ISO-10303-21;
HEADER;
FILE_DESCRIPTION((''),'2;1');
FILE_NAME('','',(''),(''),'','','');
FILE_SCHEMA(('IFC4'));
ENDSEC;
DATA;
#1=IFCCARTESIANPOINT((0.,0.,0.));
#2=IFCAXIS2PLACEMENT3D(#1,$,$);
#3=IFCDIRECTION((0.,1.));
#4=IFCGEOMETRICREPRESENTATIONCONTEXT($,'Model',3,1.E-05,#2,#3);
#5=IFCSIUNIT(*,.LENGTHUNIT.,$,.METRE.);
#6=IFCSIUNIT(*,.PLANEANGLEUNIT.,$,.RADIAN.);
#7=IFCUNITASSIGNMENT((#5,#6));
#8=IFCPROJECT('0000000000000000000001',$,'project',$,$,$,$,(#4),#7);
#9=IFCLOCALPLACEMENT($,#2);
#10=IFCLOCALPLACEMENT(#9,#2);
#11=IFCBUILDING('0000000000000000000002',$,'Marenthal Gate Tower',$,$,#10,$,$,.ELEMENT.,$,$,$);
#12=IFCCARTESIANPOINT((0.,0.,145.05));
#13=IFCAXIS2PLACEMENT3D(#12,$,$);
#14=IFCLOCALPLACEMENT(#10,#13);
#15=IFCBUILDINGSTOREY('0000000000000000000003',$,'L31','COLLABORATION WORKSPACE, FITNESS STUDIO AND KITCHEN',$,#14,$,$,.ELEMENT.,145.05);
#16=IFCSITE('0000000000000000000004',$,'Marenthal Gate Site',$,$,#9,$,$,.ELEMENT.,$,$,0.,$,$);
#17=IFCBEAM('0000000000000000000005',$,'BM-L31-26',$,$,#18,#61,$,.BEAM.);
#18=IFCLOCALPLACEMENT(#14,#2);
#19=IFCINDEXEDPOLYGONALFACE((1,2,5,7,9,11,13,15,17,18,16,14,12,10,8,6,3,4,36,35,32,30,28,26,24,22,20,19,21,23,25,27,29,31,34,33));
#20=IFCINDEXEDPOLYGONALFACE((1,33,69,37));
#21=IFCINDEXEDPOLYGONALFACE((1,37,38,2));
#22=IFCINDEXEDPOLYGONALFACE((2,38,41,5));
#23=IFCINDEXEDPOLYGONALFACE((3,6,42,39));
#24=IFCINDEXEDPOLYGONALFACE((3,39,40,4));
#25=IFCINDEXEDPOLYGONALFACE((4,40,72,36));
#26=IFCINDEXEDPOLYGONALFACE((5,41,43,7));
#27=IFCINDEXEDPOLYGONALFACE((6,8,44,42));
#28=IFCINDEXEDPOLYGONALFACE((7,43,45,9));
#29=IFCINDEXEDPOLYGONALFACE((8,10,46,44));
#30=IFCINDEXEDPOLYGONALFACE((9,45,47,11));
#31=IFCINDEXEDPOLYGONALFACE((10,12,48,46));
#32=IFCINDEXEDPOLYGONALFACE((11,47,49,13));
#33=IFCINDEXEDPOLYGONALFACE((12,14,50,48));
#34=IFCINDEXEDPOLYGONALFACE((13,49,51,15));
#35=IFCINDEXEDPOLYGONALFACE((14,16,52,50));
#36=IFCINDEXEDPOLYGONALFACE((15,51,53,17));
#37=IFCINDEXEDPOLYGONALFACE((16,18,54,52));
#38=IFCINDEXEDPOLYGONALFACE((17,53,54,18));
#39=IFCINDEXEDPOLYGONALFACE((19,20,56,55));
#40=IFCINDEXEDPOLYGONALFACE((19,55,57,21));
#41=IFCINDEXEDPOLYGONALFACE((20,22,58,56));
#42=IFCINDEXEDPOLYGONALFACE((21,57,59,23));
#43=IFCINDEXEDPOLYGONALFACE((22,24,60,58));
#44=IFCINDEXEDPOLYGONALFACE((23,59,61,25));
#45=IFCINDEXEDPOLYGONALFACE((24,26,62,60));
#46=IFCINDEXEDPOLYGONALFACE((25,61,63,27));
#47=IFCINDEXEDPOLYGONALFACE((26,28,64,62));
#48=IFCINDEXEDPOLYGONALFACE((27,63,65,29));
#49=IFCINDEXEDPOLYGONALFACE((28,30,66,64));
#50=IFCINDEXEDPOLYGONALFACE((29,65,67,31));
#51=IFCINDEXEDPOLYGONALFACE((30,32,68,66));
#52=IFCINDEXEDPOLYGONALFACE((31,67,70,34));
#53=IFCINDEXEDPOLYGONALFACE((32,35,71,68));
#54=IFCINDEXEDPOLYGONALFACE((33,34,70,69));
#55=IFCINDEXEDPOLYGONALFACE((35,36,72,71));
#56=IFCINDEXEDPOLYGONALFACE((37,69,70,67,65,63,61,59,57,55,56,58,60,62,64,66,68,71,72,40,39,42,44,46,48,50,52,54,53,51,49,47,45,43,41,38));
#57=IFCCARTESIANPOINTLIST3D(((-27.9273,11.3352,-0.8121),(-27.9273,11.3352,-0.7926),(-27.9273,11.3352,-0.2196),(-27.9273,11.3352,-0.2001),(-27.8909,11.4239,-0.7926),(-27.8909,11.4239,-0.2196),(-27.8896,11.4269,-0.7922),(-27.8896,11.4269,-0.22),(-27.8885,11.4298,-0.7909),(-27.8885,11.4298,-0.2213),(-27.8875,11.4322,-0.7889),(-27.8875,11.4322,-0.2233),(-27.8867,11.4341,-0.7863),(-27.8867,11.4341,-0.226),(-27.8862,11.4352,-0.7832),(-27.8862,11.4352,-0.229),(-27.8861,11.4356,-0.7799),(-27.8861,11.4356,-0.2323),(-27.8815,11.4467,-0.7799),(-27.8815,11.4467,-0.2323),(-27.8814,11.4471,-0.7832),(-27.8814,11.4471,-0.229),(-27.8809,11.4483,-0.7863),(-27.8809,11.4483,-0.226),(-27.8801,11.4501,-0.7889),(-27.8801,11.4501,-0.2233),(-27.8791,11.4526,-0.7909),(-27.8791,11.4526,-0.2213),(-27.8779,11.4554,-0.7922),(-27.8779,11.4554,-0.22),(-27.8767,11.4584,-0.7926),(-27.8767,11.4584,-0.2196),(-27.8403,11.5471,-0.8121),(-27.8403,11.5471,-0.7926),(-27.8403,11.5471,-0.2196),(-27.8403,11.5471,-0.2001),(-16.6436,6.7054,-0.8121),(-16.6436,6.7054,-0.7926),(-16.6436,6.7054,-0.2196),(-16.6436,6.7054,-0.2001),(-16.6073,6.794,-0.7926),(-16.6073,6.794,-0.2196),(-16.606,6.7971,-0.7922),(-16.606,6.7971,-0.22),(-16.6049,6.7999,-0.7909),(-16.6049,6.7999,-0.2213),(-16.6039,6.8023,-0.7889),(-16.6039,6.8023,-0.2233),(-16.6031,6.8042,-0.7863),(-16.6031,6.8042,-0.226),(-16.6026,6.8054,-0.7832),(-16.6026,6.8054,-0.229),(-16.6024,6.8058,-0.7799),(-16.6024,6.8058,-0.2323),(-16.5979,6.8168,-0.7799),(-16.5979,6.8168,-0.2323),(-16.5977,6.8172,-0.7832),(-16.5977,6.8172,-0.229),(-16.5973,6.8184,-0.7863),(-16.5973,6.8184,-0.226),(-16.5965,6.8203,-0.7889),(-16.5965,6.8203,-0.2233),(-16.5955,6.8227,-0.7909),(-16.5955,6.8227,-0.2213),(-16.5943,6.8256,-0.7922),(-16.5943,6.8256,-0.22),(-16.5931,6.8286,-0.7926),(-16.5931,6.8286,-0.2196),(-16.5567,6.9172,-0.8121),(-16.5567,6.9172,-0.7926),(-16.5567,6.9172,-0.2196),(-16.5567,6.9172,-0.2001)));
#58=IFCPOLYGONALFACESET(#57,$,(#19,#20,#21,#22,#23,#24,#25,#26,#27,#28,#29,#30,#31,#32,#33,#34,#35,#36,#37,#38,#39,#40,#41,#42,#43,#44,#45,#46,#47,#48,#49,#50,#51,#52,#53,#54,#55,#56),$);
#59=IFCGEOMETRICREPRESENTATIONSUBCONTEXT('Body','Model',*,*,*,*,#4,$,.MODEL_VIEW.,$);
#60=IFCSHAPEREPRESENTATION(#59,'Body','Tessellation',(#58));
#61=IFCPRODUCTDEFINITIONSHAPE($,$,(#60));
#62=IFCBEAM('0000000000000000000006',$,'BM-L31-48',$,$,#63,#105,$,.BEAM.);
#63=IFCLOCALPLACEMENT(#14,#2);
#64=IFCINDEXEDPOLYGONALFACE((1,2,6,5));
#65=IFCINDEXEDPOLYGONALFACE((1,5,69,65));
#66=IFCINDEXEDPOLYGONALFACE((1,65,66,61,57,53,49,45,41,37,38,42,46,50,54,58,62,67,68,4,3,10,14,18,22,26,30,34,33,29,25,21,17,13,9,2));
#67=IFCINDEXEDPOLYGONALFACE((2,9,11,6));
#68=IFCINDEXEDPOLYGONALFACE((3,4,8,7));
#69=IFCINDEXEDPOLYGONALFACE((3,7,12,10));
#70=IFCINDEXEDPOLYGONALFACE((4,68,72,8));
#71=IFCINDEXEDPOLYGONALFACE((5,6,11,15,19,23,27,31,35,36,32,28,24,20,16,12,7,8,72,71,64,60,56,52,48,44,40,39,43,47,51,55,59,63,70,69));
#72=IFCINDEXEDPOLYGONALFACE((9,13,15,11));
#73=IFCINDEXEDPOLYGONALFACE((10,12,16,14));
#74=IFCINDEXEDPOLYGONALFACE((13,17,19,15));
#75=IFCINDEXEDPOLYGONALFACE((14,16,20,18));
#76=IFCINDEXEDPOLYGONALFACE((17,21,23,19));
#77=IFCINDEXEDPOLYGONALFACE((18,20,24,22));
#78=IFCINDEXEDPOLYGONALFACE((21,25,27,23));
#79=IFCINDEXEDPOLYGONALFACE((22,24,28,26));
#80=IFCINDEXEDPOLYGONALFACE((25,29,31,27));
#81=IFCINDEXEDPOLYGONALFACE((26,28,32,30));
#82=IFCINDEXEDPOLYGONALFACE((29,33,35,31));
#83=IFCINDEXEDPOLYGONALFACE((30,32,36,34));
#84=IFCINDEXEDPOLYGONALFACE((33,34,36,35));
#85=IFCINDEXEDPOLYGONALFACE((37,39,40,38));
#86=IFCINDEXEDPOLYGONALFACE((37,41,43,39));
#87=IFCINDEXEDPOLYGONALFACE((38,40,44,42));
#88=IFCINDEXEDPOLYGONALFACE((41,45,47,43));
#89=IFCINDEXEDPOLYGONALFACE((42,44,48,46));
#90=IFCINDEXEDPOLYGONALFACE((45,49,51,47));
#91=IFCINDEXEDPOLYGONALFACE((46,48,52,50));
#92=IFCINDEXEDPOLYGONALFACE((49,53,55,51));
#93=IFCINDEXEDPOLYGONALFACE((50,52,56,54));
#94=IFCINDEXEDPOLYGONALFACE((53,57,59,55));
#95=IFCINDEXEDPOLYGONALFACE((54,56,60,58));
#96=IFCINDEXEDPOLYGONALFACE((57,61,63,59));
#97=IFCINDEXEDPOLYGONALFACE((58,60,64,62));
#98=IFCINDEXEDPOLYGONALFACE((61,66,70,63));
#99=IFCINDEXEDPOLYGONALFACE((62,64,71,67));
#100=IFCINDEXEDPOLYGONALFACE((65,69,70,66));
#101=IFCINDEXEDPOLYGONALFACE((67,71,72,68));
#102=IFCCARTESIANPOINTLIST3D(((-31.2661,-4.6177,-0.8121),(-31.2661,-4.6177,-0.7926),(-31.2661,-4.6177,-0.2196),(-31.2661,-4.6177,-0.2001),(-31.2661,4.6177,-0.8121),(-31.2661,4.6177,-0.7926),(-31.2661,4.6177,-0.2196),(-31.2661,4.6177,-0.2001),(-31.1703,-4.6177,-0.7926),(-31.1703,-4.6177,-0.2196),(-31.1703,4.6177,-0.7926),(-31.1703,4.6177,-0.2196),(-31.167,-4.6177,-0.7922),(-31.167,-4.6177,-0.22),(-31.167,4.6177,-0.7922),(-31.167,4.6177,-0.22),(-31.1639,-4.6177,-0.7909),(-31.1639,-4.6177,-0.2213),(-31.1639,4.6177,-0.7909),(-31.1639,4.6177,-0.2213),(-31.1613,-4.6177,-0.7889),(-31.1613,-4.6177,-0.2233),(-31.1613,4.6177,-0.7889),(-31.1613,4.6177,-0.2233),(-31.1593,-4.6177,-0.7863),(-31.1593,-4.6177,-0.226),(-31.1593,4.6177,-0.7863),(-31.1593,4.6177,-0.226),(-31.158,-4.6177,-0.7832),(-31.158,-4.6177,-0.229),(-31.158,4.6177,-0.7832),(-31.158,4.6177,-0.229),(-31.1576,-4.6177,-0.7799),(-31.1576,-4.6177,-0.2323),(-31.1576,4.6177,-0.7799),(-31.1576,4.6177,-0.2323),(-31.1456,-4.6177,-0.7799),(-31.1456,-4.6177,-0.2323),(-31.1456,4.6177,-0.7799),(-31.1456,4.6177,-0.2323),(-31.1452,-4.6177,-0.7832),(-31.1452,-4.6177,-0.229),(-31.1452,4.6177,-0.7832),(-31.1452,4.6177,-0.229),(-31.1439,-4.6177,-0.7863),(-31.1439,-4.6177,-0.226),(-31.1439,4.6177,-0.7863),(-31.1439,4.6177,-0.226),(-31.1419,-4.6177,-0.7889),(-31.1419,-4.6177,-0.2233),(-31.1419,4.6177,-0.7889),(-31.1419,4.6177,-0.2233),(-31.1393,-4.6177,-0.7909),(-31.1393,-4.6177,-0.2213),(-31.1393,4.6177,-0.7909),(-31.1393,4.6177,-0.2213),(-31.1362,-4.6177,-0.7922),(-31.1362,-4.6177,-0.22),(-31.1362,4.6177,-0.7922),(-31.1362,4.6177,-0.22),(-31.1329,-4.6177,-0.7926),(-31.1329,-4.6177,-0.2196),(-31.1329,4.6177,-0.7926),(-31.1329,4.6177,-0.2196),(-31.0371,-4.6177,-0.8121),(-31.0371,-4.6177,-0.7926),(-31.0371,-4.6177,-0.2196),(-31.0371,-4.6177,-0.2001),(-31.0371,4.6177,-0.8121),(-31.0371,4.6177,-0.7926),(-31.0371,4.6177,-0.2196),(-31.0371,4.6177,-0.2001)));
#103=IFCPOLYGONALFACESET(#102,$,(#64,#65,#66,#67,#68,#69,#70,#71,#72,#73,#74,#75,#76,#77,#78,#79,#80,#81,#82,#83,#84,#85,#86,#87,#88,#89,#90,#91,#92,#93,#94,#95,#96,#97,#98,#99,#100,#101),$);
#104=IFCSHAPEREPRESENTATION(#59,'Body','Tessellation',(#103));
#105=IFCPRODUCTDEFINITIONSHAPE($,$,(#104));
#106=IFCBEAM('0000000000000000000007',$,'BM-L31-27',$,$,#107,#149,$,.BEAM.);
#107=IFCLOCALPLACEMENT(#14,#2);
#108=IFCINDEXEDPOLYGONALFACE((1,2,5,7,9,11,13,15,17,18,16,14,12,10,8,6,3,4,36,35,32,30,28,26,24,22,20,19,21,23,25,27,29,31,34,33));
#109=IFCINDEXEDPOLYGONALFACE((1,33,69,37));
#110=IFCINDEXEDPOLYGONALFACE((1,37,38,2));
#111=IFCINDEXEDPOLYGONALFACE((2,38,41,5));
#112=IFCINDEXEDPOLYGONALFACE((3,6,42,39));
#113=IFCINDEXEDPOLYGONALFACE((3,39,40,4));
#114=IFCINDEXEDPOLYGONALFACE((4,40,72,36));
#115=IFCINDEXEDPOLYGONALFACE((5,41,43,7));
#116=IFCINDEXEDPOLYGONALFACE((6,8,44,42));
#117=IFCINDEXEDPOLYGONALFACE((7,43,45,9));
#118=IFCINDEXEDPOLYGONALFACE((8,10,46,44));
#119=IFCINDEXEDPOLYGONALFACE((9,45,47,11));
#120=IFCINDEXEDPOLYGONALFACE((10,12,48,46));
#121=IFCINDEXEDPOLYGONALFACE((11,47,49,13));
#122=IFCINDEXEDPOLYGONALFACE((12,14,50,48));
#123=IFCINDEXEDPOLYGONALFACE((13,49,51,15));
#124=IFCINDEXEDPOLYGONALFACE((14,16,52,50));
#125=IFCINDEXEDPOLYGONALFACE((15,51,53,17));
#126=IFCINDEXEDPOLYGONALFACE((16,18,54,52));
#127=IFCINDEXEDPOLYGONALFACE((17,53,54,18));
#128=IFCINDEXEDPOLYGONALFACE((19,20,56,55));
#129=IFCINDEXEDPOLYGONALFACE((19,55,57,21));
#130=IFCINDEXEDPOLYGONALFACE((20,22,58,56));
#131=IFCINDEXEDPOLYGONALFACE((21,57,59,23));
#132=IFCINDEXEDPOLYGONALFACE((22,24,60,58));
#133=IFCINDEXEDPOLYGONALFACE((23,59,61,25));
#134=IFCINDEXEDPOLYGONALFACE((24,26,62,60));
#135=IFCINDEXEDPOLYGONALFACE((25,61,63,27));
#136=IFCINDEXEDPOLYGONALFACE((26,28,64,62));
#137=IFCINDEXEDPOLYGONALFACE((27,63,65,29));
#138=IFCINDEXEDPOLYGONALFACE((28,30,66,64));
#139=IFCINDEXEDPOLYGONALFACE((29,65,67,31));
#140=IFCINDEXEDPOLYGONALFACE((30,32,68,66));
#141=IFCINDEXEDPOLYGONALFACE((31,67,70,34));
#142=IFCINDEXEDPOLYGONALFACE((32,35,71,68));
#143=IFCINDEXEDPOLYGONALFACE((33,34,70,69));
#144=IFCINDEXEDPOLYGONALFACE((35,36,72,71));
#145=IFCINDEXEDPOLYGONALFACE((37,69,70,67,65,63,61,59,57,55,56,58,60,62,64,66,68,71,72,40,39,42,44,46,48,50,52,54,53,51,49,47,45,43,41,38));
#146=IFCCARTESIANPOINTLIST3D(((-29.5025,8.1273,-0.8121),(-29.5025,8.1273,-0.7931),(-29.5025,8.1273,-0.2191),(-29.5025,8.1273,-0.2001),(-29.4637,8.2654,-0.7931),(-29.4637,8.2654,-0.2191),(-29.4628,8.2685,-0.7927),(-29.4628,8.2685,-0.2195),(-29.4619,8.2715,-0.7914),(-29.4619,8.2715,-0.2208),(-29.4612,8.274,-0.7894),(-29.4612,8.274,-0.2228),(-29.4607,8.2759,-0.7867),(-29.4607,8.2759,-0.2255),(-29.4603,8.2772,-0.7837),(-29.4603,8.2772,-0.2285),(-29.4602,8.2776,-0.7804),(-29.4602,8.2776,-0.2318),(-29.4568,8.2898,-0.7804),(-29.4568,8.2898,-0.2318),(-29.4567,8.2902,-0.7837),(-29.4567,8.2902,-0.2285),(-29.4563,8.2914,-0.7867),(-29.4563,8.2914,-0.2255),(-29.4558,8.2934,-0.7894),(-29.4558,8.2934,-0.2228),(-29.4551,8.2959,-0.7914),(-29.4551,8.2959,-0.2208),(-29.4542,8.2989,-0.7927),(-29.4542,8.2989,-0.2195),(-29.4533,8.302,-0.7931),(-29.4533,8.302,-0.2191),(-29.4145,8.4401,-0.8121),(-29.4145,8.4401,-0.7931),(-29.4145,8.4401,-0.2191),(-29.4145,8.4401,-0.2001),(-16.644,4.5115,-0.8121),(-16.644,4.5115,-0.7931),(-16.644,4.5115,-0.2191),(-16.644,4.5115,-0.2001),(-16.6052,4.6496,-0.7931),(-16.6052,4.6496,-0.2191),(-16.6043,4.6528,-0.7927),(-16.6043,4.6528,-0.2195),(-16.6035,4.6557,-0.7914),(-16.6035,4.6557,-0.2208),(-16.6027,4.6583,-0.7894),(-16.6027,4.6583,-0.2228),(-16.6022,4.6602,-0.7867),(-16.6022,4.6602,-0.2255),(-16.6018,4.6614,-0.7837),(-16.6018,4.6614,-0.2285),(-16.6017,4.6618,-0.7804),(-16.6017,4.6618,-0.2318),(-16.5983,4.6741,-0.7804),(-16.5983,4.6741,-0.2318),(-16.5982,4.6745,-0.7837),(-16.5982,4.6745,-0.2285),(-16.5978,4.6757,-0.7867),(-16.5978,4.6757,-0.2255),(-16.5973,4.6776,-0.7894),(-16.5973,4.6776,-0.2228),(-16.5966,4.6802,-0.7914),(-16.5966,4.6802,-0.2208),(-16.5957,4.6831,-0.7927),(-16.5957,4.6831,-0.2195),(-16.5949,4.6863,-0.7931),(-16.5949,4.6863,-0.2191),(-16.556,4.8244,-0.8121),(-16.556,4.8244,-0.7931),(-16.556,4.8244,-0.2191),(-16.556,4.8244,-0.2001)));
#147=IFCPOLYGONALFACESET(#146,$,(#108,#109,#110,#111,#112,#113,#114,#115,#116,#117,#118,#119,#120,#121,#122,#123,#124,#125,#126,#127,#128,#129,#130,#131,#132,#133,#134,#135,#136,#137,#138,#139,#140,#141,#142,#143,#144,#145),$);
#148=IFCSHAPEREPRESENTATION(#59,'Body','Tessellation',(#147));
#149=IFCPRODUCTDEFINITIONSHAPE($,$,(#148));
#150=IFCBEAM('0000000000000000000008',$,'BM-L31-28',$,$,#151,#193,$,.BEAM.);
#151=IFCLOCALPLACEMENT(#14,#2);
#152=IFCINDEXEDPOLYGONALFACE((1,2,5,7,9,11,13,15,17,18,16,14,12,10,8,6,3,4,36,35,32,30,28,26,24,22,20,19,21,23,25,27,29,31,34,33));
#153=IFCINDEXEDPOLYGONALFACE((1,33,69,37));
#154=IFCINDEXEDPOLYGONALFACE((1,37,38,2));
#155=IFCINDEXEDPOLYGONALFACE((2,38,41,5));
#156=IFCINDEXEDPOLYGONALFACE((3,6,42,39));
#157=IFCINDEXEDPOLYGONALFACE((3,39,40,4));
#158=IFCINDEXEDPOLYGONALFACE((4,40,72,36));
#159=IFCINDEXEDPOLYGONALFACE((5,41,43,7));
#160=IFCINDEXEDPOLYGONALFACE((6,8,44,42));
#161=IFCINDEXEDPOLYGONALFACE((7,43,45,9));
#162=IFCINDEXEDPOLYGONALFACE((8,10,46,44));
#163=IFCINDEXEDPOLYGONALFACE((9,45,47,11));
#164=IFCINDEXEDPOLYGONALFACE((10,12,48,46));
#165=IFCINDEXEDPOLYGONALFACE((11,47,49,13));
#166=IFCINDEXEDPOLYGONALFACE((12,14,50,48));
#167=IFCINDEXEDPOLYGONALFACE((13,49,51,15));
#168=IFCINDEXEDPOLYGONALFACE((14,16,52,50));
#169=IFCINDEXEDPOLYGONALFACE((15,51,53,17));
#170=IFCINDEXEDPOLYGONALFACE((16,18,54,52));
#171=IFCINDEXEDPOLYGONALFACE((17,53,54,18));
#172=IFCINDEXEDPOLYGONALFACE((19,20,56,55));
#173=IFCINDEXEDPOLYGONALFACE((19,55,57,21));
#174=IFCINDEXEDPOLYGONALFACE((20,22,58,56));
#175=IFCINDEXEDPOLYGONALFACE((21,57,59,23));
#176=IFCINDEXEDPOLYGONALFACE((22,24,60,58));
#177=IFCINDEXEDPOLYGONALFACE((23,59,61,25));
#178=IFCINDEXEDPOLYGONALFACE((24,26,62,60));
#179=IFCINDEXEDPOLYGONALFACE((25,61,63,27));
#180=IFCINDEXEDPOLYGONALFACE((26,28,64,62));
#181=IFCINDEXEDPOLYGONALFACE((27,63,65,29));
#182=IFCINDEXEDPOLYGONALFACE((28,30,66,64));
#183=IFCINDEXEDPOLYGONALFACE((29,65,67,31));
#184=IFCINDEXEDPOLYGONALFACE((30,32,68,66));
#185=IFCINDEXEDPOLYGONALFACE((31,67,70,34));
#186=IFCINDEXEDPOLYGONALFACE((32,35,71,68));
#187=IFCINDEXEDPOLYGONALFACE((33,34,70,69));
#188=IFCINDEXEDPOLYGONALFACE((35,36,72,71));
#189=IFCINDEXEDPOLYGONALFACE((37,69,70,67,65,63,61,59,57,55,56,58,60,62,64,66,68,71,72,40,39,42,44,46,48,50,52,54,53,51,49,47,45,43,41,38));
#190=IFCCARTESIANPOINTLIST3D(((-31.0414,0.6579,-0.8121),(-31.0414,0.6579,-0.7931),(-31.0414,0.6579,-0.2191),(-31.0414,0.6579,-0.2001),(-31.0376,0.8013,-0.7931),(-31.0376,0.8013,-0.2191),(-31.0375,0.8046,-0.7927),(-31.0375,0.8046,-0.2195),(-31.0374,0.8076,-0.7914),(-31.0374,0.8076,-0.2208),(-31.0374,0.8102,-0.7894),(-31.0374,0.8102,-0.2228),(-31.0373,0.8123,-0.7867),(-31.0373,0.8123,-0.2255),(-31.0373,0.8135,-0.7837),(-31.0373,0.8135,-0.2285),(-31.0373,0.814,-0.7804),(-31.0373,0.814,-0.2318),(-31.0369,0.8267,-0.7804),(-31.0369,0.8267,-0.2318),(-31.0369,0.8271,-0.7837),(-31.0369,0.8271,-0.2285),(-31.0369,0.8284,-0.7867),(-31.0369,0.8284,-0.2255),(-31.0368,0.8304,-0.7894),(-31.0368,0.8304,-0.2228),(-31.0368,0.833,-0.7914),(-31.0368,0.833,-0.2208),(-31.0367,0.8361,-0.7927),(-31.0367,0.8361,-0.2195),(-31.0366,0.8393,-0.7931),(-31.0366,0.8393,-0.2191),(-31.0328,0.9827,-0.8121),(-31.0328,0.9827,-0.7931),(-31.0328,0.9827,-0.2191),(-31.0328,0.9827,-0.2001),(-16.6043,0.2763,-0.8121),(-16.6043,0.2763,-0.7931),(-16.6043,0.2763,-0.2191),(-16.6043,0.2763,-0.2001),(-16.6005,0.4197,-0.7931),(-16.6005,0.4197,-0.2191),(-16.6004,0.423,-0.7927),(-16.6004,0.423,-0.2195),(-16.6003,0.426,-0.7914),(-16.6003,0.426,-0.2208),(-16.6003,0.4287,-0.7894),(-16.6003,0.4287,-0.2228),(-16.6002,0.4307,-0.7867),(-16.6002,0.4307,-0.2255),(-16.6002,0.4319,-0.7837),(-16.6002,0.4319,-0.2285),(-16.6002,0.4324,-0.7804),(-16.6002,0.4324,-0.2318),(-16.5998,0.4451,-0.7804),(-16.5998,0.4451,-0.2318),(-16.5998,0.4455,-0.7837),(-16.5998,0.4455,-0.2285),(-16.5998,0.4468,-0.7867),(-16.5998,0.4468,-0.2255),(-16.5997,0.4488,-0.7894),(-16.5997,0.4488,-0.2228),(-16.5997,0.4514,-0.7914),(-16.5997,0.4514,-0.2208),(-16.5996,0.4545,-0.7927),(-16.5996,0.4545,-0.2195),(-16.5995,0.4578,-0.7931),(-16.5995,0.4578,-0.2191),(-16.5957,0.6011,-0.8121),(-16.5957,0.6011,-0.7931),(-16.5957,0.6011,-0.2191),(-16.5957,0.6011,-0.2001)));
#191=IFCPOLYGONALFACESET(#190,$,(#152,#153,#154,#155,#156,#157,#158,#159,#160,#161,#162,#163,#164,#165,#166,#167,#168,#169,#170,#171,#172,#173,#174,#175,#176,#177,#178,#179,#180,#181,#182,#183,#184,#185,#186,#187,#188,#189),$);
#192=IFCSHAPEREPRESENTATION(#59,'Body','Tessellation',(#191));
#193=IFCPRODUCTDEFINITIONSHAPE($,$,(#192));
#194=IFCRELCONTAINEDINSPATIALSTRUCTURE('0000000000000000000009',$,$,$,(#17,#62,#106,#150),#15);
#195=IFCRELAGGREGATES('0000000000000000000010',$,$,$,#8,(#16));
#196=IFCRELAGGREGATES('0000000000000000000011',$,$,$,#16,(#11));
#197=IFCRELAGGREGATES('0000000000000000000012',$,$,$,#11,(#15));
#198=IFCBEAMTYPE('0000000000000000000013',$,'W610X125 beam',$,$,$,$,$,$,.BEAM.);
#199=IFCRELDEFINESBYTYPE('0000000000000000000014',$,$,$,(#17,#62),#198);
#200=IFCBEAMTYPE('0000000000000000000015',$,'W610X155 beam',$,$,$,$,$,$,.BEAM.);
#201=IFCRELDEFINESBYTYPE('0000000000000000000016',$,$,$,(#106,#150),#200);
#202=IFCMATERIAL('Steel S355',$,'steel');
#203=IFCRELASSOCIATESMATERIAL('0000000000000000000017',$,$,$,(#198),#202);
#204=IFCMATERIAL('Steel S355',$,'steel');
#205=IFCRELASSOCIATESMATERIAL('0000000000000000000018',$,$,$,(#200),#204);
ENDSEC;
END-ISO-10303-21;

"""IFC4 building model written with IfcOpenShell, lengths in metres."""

from ifc_helpers import new_model, si_unit, direction, frame, origin, origin_2d, place, context, subcontext, project, spatial, i_section, extrude, material, material_profile, profile_set, type_object, element, save


model = new_model("IFC4")

# Units and contexts
model_context = context("Model", 3, precision=1e-05, world=origin(), true_north=direction((0.0, 1.0)))
body_context = subcontext(model_context, "Body", "Model", "MODEL_VIEW")
ifc_project = project(units=[si_unit("LENGTHUNIT", "METRE"), si_unit("PLANEANGLEUNIT", "RADIAN")], contexts=[model_context])

# Site, building, storey
site_placement = place(None, origin())
site = spatial("IfcSite", under=ifc_project, at=site_placement, Name="Marenthal Gate Site", CompositionType="ELEMENT", RefElevation=0.0)
building_placement = place(site_placement, origin())
building = spatial("IfcBuilding", under=site, at=building_placement, Name="Marenthal Gate Tower", CompositionType="ELEMENT")
storey_placement = place(building_placement, frame((0.0, 0.0, 145.05)))
storey = spatial("IfcBuildingStorey", under=building, at=storey_placement, Name="L31", Description="COLLABORATION WORKSPACE, FITNESS STUDIO AND KITCHEN", CompositionType="ELEMENT", Elevation=145.05)

# Beams
ifc_material_1 = material(Name="Steel S355", Category="steel")
ifc_material_profile_1 = material_profile(ifc_material_1, i_section(OverallWidth=0.229, OverallDepth=0.6121, WebThickness=0.012, FlangeThickness=0.0195, FilletRadius=0.0127, at=origin_2d()), Name="W610X125")
ifc_profile_set_1 = profile_set([ifc_material_profile_1], Name="Steel S355")
beam_type_1 = type_object("IfcBeamType", Name="W610X125 beam", PredefinedType="BEAM", material=ifc_profile_set_1)
beam_1_placement = place(storey_placement, frame((-27.8838, 11.4412, -0.5061), z_axis=(0.925149, -0.379604, 0.0), x_axis=(0.379604, 0.925149, 0.0)))
element("IfcBeam", 1, at=beam_1_placement, inside=storey, type_object=beam_type_1, Name="BM-L31-26", PredefinedType="BEAM", context=body_context, shape_type="SweptSolid", body=[
    extrude(i_section(OverallWidth=0.229, OverallDepth=0.6121, WebThickness=0.012, FlangeThickness=0.0195, FilletRadius=0.0127, at=origin_2d()), origin(), (0.0, 0.0, 1.0), 12.1965),
])
beam_2_placement = place(storey_placement, frame((-31.1516, 4.6177, -0.5061), z_axis=(0.0, -1.0, 0.0), x_axis=(1.0, 0.0, 0.0)))
element("IfcBeam", 2, at=beam_2_placement, inside=storey, type_object=beam_type_1, Name="BM-L31-48", PredefinedType="BEAM", context=body_context, shape_type="SweptSolid", body=[
    extrude(i_section(OverallWidth=0.229, OverallDepth=0.6121, WebThickness=0.012, FlangeThickness=0.0195, FilletRadius=0.0127, at=origin_2d()), origin(), (0.0, 0.0, 1.0), 9.2354),
])
ifc_material_2 = material(Name="Steel S355", Category="steel")
ifc_material_profile_2 = material_profile(ifc_material_2, i_section(OverallWidth=0.325, OverallDepth=0.6121, WebThickness=0.0127, FlangeThickness=0.019, FilletRadius=0.0127, at=origin_2d()), Name="W610X155")
ifc_profile_set_2 = profile_set([ifc_material_profile_2], Name="Steel S355")
beam_type_2 = type_object("IfcBeamType", Name="W610X155 beam", PredefinedType="BEAM", material=ifc_profile_set_2)
beam_3_placement = place(storey_placement, frame((-29.4585, 8.2837, -0.5061), z_axis=(0.962665, -0.270697, 0.0), x_axis=(0.270697, 0.962665, 0.0)))
element("IfcBeam", 3, at=beam_3_placement, inside=storey, type_object=beam_type_2, Name="BM-L31-27", PredefinedType="BEAM", context=body_context, shape_type="SweptSolid", body=[
    extrude(i_section(OverallWidth=0.325, OverallDepth=0.6121, WebThickness=0.0127, FlangeThickness=0.019, FilletRadius=0.0127, at=origin_2d()), origin(), (0.0, 0.0, 1.0), 13.3572),
])
beam_4_placement = place(storey_placement, frame((-31.0371, 0.8203, -0.5061), z_axis=(0.999651, -0.026422, 0.0), x_axis=(0.026422, 0.999651, 0.0)))
element("IfcBeam", 4, at=beam_4_placement, inside=storey, type_object=beam_type_2, Name="BM-L31-28", PredefinedType="BEAM", context=body_context, shape_type="SweptSolid", body=[
    extrude(i_section(OverallWidth=0.325, OverallDepth=0.6121, WebThickness=0.0127, FlangeThickness=0.019, FilletRadius=0.0127, at=origin_2d()), origin(), (0.0, 0.0, 1.0), 14.4421),
])

save(model, "model.ifc")
